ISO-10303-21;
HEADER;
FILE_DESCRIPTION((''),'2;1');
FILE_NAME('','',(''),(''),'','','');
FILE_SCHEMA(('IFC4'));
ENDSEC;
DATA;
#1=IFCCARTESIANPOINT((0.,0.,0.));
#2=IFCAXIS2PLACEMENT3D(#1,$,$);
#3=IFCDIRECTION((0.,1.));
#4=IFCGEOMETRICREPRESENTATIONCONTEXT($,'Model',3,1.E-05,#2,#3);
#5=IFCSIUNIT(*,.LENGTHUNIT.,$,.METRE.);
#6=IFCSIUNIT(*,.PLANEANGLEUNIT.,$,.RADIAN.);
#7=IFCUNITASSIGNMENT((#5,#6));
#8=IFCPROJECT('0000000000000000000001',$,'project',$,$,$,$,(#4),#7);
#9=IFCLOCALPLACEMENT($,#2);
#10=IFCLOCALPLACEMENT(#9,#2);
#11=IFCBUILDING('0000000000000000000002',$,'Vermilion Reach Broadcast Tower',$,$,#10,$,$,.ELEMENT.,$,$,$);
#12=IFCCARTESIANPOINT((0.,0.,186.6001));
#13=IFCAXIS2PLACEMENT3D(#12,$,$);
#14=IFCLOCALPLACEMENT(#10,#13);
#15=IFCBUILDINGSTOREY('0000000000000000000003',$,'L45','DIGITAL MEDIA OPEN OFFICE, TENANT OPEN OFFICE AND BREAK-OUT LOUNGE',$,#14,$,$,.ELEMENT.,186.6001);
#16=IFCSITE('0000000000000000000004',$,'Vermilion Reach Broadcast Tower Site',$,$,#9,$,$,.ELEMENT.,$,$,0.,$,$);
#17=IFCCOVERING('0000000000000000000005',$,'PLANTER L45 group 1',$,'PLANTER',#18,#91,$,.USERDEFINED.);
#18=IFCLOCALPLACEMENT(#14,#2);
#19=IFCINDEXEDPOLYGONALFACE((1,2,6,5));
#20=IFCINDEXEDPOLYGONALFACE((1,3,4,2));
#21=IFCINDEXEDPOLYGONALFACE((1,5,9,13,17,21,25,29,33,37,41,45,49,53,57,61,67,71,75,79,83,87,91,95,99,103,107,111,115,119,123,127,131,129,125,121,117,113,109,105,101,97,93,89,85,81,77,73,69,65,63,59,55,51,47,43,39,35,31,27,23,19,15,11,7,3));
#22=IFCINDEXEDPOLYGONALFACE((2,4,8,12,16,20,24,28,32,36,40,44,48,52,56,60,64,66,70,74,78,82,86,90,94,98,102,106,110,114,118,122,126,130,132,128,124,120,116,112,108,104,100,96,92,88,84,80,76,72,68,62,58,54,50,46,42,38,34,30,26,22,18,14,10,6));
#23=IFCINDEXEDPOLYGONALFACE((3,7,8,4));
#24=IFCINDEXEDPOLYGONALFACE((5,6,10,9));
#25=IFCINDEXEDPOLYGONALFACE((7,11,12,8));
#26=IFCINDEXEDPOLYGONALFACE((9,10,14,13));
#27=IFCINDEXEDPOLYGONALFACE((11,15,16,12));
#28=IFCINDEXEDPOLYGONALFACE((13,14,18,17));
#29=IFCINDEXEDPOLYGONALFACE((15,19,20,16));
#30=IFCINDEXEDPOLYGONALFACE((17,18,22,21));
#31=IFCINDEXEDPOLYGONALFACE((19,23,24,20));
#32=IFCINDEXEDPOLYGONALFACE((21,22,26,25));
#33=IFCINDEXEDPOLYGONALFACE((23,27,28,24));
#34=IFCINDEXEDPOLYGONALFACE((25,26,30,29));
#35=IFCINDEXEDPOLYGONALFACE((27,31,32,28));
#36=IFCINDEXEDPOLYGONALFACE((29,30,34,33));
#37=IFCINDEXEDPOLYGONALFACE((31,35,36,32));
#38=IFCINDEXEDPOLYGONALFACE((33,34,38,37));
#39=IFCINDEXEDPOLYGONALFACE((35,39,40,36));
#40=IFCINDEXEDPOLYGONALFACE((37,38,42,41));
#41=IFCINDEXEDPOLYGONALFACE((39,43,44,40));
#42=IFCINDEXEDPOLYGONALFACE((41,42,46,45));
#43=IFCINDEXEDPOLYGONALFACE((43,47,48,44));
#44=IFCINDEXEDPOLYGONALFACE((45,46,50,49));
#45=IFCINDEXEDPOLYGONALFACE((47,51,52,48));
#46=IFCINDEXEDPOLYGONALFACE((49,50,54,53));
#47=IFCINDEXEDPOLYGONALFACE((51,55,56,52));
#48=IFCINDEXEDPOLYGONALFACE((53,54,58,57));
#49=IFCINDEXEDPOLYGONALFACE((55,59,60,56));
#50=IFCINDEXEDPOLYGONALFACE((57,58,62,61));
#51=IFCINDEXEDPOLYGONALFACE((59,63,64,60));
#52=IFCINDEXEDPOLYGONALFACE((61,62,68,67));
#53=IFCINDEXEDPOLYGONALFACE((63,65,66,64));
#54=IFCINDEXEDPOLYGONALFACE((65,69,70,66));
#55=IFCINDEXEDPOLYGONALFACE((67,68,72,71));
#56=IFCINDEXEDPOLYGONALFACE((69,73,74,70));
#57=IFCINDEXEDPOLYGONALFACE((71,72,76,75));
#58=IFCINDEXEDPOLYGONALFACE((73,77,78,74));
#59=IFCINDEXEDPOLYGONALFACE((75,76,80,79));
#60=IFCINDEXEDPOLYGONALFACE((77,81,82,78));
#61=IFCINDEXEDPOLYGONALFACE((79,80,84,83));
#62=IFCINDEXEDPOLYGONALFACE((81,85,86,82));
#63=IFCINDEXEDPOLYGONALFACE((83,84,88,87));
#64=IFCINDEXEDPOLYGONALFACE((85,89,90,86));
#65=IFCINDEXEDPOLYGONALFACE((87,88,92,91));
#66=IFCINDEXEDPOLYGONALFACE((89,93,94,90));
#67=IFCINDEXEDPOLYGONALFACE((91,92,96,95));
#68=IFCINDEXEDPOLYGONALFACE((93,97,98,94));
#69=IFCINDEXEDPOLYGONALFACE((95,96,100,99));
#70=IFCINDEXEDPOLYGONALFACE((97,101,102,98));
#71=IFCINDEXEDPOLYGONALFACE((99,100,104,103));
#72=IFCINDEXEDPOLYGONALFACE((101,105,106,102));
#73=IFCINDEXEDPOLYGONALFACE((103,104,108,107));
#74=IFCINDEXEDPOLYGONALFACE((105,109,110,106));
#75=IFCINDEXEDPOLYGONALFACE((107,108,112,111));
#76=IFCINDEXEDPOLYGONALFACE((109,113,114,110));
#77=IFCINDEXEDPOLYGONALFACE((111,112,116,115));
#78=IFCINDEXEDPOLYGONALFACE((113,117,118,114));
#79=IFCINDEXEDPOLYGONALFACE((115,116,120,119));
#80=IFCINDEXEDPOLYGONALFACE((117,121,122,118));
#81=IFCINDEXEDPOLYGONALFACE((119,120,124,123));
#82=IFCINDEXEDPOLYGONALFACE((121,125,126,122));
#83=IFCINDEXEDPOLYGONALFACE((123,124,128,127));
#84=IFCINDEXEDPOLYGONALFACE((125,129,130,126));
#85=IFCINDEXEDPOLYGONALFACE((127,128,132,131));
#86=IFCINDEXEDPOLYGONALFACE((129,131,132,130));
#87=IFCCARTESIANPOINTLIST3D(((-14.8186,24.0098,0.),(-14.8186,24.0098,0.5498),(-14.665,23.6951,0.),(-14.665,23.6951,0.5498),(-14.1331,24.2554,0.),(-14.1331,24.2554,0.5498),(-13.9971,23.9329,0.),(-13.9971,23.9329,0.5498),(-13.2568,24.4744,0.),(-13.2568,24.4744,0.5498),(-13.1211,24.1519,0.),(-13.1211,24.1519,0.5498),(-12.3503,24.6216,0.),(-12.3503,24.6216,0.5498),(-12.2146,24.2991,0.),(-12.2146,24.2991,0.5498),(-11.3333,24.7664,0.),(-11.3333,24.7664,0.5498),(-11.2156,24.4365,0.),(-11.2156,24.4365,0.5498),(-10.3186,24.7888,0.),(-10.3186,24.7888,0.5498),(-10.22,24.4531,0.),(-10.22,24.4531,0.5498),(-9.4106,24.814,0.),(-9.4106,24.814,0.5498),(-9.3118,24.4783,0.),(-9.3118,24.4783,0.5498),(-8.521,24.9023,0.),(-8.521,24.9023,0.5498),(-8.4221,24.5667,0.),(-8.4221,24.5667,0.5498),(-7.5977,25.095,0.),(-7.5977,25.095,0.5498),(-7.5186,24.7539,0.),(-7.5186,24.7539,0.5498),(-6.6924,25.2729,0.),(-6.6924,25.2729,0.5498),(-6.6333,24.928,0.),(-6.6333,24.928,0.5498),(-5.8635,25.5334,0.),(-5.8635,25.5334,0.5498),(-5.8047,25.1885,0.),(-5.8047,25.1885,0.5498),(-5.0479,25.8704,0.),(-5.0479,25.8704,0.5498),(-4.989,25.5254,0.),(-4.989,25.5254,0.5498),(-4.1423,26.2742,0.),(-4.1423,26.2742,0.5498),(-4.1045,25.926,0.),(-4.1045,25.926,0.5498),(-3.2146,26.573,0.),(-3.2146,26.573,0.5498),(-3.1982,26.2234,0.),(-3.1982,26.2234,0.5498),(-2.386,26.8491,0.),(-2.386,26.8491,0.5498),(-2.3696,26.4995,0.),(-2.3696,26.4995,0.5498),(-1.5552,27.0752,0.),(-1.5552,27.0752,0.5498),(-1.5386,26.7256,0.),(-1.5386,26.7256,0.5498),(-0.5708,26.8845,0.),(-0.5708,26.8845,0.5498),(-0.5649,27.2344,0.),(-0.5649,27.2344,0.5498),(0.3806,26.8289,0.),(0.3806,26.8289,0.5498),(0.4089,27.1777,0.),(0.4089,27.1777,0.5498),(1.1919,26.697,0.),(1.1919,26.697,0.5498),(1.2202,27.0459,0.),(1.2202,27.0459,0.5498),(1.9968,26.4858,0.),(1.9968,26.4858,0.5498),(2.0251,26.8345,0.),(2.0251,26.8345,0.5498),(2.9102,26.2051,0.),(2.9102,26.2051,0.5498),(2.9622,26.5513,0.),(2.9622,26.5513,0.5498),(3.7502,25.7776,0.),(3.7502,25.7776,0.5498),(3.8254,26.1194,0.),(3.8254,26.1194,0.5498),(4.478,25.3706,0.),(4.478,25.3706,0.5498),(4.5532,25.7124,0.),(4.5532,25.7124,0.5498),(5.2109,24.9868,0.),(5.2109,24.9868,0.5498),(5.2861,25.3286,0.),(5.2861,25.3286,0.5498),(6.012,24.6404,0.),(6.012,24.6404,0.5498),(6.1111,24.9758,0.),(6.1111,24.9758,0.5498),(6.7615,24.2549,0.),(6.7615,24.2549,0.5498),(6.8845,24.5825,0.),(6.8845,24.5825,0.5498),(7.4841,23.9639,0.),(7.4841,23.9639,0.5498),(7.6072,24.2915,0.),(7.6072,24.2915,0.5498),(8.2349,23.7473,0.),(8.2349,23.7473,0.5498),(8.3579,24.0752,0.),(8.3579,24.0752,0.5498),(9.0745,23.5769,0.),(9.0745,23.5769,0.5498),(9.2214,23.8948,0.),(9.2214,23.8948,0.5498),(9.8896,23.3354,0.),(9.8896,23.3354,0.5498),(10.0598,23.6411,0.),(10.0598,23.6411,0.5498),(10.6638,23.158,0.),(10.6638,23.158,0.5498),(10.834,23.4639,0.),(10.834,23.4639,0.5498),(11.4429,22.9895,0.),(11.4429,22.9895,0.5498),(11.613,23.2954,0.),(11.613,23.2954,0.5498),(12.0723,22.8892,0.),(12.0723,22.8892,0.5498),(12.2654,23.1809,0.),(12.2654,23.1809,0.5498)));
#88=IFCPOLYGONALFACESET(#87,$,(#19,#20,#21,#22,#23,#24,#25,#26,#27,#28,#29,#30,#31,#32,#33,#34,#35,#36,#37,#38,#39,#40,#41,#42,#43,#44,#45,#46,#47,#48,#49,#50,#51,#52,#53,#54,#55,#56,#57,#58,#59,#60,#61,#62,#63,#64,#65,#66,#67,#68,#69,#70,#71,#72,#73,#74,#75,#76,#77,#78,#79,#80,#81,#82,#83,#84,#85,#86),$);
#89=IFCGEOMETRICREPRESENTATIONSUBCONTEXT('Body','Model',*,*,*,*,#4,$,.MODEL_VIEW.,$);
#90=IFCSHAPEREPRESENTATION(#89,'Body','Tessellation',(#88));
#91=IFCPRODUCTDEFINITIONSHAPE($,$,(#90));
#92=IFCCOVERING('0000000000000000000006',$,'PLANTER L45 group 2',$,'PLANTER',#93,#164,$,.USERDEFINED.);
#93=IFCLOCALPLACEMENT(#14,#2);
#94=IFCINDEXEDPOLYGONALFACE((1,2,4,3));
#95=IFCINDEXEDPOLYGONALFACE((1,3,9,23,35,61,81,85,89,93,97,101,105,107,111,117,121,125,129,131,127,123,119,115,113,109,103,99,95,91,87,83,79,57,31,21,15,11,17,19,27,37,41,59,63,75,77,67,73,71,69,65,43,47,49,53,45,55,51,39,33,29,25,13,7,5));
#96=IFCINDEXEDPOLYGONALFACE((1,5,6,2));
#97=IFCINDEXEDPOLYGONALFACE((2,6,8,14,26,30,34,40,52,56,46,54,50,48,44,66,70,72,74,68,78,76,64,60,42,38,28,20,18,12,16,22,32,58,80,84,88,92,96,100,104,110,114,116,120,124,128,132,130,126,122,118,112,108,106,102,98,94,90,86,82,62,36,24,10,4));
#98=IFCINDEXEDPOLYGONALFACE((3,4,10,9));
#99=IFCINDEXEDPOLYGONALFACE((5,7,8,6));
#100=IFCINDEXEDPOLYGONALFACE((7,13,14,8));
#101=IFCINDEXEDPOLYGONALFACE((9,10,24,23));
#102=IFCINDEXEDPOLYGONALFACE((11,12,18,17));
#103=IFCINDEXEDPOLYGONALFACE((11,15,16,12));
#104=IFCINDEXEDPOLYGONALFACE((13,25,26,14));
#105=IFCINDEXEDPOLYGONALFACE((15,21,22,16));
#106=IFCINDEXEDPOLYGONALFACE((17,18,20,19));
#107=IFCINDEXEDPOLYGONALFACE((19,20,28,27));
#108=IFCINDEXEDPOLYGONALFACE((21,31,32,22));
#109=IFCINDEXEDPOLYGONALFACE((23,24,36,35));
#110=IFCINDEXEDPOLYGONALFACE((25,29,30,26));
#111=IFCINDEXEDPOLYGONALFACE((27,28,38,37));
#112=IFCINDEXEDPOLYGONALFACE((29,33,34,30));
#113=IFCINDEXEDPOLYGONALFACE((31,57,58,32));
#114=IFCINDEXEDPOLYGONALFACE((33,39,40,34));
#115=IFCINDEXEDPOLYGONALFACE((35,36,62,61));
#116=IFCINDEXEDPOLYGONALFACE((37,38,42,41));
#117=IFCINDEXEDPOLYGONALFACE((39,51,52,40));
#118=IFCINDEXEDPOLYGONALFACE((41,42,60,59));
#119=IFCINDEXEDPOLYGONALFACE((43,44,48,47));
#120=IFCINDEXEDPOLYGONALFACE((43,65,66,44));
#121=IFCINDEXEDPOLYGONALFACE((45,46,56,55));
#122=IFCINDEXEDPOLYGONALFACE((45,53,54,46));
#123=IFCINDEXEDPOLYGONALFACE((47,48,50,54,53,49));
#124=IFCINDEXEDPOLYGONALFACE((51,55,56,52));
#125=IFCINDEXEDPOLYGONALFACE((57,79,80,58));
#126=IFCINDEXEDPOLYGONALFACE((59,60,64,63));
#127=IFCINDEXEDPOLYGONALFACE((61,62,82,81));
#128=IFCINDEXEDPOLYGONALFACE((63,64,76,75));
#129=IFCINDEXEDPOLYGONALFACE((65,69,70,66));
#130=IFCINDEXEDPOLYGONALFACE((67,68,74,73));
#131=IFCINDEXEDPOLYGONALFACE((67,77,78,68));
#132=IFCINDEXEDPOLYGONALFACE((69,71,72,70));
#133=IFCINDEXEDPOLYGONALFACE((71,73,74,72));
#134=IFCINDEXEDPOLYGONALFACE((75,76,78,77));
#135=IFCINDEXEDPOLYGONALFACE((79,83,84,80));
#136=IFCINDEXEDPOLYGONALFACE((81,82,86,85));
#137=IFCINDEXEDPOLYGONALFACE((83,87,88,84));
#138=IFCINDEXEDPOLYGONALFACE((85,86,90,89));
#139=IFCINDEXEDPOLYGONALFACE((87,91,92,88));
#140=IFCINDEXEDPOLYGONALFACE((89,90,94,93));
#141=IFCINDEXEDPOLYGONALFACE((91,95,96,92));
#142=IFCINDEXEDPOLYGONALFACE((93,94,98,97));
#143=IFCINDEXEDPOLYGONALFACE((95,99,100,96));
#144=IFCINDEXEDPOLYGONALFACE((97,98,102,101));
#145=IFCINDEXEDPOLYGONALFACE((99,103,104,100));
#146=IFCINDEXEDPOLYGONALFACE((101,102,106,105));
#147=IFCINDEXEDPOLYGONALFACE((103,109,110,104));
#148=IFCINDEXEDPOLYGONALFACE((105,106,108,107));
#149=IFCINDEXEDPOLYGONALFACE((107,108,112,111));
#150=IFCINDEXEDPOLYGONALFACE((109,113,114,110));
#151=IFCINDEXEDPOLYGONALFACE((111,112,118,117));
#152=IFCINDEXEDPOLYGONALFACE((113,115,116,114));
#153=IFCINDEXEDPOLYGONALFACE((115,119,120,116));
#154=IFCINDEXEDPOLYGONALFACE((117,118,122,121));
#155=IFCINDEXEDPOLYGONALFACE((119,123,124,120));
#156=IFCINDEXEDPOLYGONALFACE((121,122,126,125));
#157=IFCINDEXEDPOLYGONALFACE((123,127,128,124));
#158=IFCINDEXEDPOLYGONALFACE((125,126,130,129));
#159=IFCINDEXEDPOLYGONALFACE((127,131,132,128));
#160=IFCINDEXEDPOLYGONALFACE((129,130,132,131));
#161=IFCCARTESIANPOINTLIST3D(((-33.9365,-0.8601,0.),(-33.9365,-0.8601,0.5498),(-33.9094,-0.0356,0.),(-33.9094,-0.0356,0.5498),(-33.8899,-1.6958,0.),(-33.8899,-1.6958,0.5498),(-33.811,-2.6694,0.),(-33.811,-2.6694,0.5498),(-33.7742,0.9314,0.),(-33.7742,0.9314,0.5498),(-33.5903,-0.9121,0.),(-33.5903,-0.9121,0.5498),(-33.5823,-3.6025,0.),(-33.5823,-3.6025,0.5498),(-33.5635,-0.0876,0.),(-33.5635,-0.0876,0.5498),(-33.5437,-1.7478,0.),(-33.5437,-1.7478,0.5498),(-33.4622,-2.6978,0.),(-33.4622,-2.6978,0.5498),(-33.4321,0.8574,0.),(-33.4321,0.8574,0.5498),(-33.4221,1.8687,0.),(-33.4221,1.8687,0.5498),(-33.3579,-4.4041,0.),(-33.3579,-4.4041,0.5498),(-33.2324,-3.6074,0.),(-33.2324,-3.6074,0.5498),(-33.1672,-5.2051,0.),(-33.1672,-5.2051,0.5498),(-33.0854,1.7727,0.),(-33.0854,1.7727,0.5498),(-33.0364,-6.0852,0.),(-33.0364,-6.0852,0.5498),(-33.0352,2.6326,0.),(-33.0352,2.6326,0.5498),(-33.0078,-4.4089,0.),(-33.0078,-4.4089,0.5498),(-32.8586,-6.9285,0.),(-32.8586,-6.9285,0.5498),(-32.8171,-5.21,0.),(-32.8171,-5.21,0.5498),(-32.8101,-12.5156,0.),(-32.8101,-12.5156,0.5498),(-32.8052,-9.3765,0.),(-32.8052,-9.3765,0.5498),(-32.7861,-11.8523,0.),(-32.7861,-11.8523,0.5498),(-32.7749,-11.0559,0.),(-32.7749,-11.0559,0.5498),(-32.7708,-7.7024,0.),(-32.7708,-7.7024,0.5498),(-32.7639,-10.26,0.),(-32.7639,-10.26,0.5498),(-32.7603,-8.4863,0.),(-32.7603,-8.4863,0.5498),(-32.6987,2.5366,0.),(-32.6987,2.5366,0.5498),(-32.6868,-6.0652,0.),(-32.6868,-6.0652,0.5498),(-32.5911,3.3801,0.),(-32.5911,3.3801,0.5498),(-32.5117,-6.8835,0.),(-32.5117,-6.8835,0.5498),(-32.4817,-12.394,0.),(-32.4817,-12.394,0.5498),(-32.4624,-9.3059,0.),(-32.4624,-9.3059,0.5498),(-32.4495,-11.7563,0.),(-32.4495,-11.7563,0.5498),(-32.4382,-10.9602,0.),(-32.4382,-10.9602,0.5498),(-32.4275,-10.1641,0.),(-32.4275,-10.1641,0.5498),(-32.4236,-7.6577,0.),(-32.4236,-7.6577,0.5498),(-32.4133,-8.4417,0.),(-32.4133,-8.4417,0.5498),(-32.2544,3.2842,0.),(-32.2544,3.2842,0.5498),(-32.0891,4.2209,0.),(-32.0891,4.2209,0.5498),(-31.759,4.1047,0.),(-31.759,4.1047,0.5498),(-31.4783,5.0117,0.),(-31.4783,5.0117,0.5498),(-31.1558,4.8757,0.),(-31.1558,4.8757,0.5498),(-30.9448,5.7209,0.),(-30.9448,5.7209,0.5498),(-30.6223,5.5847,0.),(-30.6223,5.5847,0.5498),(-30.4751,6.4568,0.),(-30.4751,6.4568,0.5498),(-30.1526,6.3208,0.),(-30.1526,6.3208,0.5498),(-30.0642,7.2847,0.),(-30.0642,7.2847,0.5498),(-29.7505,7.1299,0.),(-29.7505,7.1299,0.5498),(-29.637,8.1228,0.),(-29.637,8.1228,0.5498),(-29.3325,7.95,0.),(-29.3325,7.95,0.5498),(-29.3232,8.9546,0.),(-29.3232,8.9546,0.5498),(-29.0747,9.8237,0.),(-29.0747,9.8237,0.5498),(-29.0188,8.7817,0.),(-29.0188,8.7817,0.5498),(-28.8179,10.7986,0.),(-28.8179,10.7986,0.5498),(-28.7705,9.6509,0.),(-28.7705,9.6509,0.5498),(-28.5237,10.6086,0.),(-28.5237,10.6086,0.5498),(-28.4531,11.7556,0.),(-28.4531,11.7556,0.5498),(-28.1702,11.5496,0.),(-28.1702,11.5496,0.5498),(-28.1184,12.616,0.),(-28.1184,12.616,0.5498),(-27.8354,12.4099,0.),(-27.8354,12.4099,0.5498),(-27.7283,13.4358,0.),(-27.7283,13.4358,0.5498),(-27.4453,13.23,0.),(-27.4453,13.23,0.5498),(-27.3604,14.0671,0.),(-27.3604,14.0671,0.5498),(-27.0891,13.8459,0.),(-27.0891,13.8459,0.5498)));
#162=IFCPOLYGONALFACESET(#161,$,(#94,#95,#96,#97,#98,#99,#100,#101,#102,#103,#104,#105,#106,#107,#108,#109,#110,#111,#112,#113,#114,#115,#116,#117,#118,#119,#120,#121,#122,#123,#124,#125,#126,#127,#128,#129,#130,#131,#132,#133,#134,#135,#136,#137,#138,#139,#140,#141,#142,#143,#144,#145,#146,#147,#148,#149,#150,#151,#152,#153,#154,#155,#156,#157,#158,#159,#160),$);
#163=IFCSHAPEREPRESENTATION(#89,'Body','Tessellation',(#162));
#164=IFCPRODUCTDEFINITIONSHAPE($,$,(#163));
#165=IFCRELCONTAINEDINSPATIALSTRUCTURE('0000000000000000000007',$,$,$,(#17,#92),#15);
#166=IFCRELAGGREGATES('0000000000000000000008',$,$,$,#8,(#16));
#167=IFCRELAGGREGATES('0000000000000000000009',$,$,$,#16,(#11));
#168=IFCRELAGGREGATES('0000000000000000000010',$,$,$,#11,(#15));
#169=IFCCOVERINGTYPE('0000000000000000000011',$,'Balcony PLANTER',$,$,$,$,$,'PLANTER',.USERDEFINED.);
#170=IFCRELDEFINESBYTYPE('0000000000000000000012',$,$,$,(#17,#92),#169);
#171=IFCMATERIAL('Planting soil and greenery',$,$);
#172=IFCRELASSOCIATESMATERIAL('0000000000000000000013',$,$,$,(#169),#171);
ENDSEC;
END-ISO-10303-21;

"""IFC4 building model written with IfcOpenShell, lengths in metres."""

from ifc_helpers import new_model, si_unit, direction, frame, origin, place, context, subcontext, project, spatial, polyline, outline, extrude, material, type_object, element, save


model = new_model("IFC4")

# Units and contexts
model_context = context("Model", 3, precision=1e-05, world=origin(), true_north=direction((0.0, 1.0)))
body_context = subcontext(model_context, "Body", "Model", "MODEL_VIEW")
ifc_project = project(units=[si_unit("LENGTHUNIT", "METRE"), si_unit("PLANEANGLEUNIT", "RADIAN")], contexts=[model_context])

# Site, building, storey
site_placement = place(None, origin())
site = spatial("IfcSite", under=ifc_project, at=site_placement, Name="Vermilion Reach Broadcast Tower Site", CompositionType="ELEMENT", RefElevation=0.0)
building_placement = place(site_placement, origin())
building = spatial("IfcBuilding", under=site, at=building_placement, Name="Vermilion Reach Broadcast Tower", CompositionType="ELEMENT")
storey_placement = place(building_placement, frame((0.0, 0.0, 186.6001)))
storey = spatial("IfcBuildingStorey", under=building, at=storey_placement, Name="L45", Description="DIGITAL MEDIA OPEN OFFICE, TENANT OPEN OFFICE AND BREAK-OUT LOUNGE", CompositionType="ELEMENT", Elevation=186.6001)

# Shared definitions
placement_1 = place(storey_placement, origin())

# Coverings
ifc_material_1 = material(Name="Planting soil and greenery")
covering_type = type_object("IfcCoveringType", Name="Balcony PLANTER", ElementType="PLANTER", PredefinedType="USERDEFINED", material=ifc_material_1)
element("IfcCovering", 1, at=placement_1, inside=storey, type_object=covering_type, Name="PLANTER L45 group 1", ObjectType="PLANTER", PredefinedType="USERDEFINED", context=body_context, shape_type="SweptSolid", body=[
    extrude(outline(polyline([(12.2654, 23.1809), (11.613, 23.2954), (10.834, 23.4639), (10.0598, 23.6411), (9.2214, 23.8948), (8.3579, 24.0752), (7.6072, 24.2915), (6.8845, 24.5825), (6.1111, 24.9758), (5.2861, 25.3286), (4.5532, 25.7124), (3.8254, 26.1194), (2.9622, 26.5513), (2.0251, 26.8345), (1.2202, 27.0459), (0.4089, 27.1777), (-0.5649, 27.2344), (-1.5552, 27.0752), (-2.386, 26.8491), (-3.2146, 26.573), (-4.1423, 26.2742), (-5.0479, 25.8704), (-5.8635, 25.5334), (-6.6924, 25.2729), (-7.5977, 25.095), (-8.521, 24.9023), (-9.4106, 24.814), (-10.3186, 24.7888), (-11.3333, 24.7664), (-12.3503, 24.6216), (-13.2568, 24.4744), (-14.1331, 24.2554), (-14.8186, 24.0098), (-14.665, 23.6951), (-13.9971, 23.9329), (-13.1211, 24.1519), (-12.2146, 24.2991), (-11.2156, 24.4365), (-10.22, 24.4531), (-9.3118, 24.4783), (-8.4221, 24.5667), (-7.5186, 24.7539), (-6.6333, 24.928), (-5.8047, 25.1885), (-4.989, 25.5254), (-4.1045, 25.926), (-3.1982, 26.2234), (-2.3696, 26.4995), (-1.5386, 26.7256), (-0.5708, 26.8845), (0.3806, 26.8289), (1.1919, 26.697), (1.9968, 26.4858), (2.9102, 26.2051), (3.7502, 25.7776), (4.478, 25.3706), (5.2109, 24.9868), (6.012, 24.6404), (6.7615, 24.2549), (7.4841, 23.9639), (8.2349, 23.7473), (9.0745, 23.5769), (9.8896, 23.3354), (10.6638, 23.158), (11.4429, 22.9895), (12.0723, 22.8892), (12.2654, 23.1809)])), origin(), (0.0, 0.0, 1.0), 0.5498),
])
element("IfcCovering", 2, at=placement_1, inside=storey, type_object=covering_type, Name="PLANTER L45 group 2", ObjectType="PLANTER", PredefinedType="USERDEFINED", context=body_context, shape_type="SweptSolid", body=[
    extrude(outline(polyline([(-27.3604, 14.0671), (-27.7283, 13.4358), (-28.1184, 12.616), (-28.4531, 11.7556), (-28.8179, 10.7986), (-29.0747, 9.8237), (-29.3232, 8.9546), (-29.637, 8.1228), (-30.0642, 7.2847), (-30.4751, 6.4568), (-30.9448, 5.7209), (-31.4783, 5.0117), (-32.0891, 4.2209), (-32.5911, 3.3801), (-33.0352, 2.6326), (-33.4221, 1.8687), (-33.7742, 0.9314), (-33.9094, -0.0356), (-33.9365, -0.8601), (-33.8899, -1.6958), (-33.811, -2.6694), (-33.5823, -3.6025), (-33.3579, -4.4041), (-33.1672, -5.2051), (-33.0364, -6.0852), (-32.8586, -6.9285), (-32.7708, -7.7024), (-32.7603, -8.4863), (-32.8052, -9.3765), (-32.7639, -10.26), (-32.7749, -11.0559), (-32.7861, -11.8523), (-32.8101, -12.5156), (-32.4817, -12.394), (-32.4495, -11.7563), (-32.4382, -10.9602), (-32.4275, -10.1641), (-32.4624, -9.3059), (-32.4133, -8.4417), (-32.4236, -7.6577), (-32.5117, -6.8835), (-32.6868, -6.0652), (-32.8171, -5.21), (-33.0078, -4.4089), (-33.2324, -3.6074), (-33.4622, -2.6978), (-33.5437, -1.7478), (-33.5903, -0.9121), (-33.5635, -0.0876), (-33.4321, 0.8574), (-33.0854, 1.7727), (-32.6987, 2.5366), (-32.2544, 3.2842), (-31.759, 4.1047), (-31.1558, 4.8757), (-30.6223, 5.5847), (-30.1526, 6.3208), (-29.7505, 7.1299), (-29.3325, 7.95), (-29.0188, 8.7817), (-28.7705, 9.6509), (-28.5237, 10.6086), (-28.1702, 11.5496), (-27.8354, 12.4099), (-27.4453, 13.23), (-27.0891, 13.8459), (-27.3604, 14.0671)])), origin(), (0.0, 0.0, 1.0), 0.5498),
])

save(model, "model.ifc")
